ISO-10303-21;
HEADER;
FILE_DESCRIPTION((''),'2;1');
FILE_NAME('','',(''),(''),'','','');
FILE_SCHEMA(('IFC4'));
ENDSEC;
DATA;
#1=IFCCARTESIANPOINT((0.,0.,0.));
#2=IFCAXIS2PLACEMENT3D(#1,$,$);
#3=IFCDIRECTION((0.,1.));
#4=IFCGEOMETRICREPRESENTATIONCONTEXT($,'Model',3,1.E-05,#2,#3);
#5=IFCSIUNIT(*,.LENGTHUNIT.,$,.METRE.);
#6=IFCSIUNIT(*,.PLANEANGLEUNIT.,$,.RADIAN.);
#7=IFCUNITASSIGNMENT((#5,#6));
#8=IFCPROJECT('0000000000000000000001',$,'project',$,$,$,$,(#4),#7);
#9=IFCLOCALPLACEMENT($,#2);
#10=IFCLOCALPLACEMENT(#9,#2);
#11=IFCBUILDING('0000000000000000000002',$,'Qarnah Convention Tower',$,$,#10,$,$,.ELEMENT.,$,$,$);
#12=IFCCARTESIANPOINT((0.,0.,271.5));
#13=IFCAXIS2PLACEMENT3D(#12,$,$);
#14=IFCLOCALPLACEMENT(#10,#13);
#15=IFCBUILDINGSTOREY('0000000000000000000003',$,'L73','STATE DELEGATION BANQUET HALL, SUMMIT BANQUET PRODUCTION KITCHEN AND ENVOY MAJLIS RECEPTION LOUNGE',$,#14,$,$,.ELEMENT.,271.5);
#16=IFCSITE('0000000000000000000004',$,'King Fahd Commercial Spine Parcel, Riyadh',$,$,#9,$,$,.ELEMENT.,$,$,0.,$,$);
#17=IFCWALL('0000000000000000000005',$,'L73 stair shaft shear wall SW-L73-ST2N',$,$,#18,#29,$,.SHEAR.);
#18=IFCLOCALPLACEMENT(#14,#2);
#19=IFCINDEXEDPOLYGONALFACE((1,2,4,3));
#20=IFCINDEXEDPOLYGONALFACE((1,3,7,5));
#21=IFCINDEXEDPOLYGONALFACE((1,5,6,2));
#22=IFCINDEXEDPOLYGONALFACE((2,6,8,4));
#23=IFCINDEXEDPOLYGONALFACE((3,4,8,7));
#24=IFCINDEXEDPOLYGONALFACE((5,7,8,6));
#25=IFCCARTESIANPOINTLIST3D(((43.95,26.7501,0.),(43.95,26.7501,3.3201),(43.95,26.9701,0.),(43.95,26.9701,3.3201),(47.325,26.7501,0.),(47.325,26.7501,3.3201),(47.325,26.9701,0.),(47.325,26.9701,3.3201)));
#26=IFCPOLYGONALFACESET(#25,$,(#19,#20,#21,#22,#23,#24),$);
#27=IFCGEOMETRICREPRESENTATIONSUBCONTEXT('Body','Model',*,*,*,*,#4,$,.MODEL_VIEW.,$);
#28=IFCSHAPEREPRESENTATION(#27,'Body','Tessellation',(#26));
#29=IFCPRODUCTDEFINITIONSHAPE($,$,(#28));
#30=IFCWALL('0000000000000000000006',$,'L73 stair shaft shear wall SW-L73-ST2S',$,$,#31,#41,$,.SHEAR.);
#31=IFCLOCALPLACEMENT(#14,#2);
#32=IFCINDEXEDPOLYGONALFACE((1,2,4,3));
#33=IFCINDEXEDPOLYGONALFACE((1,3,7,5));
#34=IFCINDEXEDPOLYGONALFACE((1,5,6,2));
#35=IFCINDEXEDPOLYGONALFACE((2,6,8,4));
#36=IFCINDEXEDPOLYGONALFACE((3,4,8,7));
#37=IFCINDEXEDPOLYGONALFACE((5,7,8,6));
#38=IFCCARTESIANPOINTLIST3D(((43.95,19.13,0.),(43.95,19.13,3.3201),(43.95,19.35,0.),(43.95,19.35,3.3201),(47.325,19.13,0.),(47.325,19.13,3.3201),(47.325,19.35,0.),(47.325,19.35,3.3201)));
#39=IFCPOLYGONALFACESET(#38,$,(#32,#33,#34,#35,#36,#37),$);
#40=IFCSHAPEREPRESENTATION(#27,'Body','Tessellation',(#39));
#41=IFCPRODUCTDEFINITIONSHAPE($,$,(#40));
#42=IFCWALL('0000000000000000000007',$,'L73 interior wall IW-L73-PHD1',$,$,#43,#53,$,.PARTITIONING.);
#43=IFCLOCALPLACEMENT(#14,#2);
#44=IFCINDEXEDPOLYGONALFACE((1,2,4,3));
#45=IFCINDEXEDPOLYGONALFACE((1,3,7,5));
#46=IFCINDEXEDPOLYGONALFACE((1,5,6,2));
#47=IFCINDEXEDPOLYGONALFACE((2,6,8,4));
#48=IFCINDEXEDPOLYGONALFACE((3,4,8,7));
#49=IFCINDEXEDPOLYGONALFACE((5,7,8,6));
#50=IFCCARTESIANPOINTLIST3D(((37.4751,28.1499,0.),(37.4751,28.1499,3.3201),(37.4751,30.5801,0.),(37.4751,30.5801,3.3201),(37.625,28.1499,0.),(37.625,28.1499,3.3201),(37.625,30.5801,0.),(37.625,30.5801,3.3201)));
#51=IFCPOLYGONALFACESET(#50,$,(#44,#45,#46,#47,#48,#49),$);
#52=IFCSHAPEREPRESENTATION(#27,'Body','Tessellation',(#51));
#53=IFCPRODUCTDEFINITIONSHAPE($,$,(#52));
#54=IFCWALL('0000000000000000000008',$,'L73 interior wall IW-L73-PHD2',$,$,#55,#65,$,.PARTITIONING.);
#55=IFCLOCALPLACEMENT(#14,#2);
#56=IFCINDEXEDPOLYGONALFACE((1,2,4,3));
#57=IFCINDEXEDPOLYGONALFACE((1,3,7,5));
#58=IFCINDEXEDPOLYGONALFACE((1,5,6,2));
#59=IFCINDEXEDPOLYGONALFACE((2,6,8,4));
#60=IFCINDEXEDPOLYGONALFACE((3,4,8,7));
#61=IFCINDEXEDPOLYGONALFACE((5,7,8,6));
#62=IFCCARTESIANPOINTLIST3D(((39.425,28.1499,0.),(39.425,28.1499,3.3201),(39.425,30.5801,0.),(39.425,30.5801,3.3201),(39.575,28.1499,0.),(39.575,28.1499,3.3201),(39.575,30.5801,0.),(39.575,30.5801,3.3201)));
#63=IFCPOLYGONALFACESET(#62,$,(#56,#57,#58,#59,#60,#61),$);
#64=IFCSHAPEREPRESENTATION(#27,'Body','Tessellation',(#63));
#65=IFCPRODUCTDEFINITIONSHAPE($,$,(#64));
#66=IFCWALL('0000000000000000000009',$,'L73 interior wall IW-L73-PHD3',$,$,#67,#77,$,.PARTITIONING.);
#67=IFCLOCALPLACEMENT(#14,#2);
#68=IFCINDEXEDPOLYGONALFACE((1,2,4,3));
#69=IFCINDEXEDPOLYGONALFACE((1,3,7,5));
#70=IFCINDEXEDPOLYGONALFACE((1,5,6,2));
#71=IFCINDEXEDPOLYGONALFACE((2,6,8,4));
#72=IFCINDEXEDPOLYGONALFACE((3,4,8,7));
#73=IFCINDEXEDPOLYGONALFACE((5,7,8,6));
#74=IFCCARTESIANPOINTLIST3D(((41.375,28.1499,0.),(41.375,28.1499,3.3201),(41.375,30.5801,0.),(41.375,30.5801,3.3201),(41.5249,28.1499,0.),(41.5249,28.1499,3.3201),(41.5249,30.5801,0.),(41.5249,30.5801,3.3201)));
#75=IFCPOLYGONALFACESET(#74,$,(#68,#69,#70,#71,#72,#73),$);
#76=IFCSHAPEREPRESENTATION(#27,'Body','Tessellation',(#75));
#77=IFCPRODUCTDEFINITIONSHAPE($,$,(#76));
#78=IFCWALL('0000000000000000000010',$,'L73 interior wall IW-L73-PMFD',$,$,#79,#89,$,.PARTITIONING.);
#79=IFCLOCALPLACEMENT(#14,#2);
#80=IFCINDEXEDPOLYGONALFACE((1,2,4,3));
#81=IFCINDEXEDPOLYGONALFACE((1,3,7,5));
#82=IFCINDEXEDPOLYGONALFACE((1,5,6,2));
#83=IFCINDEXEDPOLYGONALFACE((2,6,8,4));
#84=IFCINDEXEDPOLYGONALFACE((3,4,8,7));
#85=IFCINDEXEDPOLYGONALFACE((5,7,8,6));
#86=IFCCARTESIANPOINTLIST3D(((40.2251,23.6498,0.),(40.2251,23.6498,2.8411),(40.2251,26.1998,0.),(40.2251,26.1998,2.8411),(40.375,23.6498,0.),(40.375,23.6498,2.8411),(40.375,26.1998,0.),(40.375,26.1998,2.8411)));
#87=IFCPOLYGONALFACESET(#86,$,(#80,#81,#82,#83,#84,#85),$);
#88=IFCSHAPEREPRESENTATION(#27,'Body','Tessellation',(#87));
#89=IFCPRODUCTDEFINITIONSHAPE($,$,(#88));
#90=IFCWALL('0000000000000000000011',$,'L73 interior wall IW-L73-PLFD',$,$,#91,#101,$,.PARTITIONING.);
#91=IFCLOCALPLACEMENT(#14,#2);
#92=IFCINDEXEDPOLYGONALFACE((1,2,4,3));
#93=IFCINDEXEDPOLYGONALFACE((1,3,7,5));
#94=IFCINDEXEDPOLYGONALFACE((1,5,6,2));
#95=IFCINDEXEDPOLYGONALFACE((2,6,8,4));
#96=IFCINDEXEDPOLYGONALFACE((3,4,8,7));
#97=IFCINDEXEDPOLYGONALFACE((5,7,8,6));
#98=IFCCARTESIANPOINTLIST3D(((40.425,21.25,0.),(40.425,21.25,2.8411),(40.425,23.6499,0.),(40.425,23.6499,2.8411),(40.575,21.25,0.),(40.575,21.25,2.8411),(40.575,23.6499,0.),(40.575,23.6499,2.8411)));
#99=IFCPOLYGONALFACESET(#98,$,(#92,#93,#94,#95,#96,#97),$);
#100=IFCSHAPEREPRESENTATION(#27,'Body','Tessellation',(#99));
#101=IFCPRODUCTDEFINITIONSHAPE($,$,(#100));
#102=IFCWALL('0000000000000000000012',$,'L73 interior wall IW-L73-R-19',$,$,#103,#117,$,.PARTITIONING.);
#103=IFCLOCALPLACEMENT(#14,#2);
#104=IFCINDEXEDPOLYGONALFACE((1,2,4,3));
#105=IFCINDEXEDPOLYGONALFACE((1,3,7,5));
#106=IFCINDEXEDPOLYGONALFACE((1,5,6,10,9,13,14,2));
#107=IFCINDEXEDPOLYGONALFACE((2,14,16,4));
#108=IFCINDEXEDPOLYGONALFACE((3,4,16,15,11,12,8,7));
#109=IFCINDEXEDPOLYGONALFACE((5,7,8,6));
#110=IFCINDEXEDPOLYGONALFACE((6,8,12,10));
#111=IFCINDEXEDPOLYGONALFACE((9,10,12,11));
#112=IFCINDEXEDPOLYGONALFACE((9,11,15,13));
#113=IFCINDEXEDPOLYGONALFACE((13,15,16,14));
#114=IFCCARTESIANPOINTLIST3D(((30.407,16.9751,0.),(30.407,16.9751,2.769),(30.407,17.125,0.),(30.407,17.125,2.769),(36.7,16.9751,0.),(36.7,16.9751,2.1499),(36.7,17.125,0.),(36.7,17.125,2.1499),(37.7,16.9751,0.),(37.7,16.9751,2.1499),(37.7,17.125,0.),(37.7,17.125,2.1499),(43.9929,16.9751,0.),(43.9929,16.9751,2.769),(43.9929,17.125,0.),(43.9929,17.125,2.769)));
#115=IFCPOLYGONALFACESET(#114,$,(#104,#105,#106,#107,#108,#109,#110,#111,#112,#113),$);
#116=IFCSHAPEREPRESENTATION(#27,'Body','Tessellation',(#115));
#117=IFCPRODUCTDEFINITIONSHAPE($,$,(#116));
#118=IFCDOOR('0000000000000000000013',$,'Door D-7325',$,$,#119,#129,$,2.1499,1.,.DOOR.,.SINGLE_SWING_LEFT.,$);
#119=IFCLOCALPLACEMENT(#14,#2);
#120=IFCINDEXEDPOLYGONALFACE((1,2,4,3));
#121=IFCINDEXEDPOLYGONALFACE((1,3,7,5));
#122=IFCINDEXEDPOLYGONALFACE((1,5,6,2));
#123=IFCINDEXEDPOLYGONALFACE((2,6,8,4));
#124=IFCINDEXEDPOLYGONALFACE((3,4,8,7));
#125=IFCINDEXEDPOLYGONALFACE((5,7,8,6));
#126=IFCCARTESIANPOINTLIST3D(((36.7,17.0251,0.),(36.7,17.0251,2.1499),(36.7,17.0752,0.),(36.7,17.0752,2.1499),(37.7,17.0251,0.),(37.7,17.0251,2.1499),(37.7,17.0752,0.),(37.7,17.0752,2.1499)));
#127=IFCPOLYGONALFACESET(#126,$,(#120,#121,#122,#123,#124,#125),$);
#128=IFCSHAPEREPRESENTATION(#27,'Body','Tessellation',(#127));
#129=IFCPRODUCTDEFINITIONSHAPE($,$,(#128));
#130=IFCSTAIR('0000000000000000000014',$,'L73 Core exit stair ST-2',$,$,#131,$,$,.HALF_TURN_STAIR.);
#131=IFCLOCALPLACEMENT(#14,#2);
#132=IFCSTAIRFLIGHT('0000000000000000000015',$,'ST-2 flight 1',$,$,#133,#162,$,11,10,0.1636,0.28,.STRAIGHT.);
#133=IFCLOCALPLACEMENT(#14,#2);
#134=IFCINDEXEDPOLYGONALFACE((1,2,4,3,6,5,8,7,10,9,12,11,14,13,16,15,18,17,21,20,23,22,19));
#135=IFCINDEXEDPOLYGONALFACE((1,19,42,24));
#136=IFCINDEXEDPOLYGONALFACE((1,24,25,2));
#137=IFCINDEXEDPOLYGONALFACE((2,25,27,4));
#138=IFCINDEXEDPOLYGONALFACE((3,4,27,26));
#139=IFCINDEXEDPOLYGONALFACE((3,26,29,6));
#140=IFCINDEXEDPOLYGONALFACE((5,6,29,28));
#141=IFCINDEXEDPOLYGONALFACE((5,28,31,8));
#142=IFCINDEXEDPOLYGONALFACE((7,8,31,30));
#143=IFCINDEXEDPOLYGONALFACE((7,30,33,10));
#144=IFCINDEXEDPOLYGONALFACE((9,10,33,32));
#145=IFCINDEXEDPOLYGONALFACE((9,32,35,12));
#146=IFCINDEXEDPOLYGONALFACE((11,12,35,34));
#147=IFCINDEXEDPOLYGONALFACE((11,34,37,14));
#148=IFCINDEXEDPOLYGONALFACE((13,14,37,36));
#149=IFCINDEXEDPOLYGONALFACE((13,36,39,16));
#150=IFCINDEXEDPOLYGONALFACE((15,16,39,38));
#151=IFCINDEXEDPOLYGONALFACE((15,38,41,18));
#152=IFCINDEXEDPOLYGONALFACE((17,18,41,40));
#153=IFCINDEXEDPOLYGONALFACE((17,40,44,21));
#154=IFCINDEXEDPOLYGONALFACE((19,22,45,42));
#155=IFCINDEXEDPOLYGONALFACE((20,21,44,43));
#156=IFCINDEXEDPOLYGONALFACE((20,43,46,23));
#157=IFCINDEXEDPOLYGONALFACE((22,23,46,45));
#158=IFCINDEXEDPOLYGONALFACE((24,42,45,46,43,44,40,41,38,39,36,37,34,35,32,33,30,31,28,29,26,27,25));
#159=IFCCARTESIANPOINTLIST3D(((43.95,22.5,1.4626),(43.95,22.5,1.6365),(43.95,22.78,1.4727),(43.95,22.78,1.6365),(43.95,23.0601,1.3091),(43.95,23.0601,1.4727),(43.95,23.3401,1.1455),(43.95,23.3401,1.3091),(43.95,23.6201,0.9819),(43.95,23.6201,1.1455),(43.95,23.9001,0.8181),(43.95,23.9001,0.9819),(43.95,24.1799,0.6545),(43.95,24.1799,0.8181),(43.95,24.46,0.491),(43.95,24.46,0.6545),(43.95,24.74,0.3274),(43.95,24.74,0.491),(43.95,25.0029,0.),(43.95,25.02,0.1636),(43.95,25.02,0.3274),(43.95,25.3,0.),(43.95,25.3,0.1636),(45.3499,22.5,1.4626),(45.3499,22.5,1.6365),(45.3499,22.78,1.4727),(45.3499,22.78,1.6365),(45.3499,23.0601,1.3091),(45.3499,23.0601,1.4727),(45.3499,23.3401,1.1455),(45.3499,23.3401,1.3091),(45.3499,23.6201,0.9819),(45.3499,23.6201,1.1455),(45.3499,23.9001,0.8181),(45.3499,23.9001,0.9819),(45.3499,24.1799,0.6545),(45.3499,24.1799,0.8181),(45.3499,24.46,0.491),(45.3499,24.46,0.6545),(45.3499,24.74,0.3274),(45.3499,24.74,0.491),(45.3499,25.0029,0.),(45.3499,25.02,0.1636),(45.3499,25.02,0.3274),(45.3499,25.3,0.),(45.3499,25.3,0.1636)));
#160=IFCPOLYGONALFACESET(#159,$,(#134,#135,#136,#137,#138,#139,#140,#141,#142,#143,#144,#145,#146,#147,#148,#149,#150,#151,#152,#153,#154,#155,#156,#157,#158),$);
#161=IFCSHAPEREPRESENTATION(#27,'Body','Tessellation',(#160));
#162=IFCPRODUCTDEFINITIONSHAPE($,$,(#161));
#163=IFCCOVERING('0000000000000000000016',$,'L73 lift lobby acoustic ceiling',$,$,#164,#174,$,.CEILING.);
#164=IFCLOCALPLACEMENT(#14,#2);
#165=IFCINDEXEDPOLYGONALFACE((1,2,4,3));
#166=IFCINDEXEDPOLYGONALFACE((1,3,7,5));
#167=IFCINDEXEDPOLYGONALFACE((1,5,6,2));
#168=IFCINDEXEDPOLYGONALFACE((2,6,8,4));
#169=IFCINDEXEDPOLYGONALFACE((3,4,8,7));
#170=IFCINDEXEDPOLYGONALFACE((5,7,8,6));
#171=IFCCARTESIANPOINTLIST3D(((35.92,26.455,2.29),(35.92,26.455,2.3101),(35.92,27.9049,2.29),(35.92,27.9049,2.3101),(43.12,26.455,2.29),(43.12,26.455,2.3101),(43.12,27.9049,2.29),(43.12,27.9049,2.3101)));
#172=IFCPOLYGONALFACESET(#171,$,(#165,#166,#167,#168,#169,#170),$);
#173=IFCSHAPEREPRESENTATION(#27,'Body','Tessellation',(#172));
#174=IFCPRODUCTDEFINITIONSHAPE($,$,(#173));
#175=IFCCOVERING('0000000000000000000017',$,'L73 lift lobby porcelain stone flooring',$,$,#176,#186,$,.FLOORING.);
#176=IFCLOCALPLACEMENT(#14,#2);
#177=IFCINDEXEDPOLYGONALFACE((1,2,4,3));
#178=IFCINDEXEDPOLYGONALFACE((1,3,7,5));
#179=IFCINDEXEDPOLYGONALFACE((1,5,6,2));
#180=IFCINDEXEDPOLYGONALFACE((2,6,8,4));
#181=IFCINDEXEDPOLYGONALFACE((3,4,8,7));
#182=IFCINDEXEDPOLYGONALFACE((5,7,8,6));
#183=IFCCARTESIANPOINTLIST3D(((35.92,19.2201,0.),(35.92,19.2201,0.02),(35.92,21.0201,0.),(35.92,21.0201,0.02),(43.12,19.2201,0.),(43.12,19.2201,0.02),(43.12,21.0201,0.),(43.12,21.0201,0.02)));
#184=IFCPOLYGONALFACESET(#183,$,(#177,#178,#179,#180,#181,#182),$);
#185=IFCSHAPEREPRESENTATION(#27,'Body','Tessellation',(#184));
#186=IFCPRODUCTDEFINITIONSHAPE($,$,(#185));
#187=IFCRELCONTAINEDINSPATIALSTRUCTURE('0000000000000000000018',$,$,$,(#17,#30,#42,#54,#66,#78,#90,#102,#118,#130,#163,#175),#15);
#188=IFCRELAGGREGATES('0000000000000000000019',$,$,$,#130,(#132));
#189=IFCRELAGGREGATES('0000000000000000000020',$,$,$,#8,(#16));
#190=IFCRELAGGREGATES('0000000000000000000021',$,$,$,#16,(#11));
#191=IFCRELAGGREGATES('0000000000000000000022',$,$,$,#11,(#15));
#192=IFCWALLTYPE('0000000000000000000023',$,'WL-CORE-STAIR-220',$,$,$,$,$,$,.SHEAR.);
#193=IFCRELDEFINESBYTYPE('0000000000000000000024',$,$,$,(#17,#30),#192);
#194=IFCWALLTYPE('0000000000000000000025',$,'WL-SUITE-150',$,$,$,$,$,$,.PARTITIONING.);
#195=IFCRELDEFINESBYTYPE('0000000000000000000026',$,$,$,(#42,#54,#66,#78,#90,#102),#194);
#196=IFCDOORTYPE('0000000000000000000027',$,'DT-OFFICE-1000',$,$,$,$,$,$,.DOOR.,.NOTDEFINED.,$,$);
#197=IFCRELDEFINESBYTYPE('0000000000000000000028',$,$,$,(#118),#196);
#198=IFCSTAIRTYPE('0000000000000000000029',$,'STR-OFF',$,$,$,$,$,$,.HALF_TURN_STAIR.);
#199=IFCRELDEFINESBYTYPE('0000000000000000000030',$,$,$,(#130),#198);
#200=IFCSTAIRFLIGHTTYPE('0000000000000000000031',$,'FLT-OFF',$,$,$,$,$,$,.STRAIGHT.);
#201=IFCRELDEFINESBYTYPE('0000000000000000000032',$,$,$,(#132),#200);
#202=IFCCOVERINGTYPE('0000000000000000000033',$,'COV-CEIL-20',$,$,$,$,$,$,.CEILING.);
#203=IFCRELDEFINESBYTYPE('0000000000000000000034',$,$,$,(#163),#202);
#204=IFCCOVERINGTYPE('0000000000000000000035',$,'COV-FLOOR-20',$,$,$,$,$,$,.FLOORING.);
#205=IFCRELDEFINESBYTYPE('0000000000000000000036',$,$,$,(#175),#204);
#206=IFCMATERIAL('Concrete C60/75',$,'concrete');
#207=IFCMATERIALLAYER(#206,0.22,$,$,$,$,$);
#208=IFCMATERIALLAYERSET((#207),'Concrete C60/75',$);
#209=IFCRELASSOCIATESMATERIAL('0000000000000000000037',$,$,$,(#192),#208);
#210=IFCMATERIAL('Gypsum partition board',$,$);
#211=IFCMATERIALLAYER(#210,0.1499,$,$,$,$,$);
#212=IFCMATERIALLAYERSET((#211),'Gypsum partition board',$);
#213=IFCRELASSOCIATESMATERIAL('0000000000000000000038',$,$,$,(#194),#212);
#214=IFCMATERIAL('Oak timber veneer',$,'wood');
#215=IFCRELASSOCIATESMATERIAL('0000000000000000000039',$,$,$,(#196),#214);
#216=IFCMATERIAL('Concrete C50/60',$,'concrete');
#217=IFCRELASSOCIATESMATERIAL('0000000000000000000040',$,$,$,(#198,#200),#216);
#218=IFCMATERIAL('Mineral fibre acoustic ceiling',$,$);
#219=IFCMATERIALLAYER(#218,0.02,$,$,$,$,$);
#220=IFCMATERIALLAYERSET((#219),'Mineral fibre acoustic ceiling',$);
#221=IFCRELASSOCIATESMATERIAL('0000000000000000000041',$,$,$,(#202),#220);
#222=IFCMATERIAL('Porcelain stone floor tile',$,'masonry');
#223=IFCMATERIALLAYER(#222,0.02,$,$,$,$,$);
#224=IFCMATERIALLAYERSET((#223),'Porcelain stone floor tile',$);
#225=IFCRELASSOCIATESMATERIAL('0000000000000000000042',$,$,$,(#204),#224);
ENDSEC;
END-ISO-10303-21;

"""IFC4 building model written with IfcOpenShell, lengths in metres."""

from ifc_helpers import new_model, si_unit, direction, frame, frame_2d, origin, origin_2d, place, context, subcontext, project, spatial, polyline, rectangle, outline, extrude, material, layer, layer_set, type_object, element, fill, aggregate, save


model = new_model("IFC4")

# Units and contexts
model_context = context("Model", 3, precision=1e-05, world=origin(), true_north=direction((0.0, 1.0)))
body_context = subcontext(model_context, "Body", "Model", "MODEL_VIEW")
ifc_project = project(units=[si_unit("LENGTHUNIT", "METRE"), si_unit("PLANEANGLEUNIT", "RADIAN")], contexts=[model_context])

# Site, building, storey
site_placement = place(None, origin())
site = spatial("IfcSite", under=ifc_project, at=site_placement, Name="King Fahd Commercial Spine Parcel, Riyadh", CompositionType="ELEMENT", RefElevation=0.0)
building_placement = place(site_placement, origin())
building = spatial("IfcBuilding", under=site, at=building_placement, Name="Qarnah Convention Tower", CompositionType="ELEMENT")
storey_placement = place(building_placement, frame((0.0, 0.0, 271.5)))
storey = spatial("IfcBuildingStorey", under=building, at=storey_placement, Name="L73", Description="STATE DELEGATION BANQUET HALL, SUMMIT BANQUET PRODUCTION KITCHEN AND ENVOY MAJLIS RECEPTION LOUNGE", CompositionType="ELEMENT", Elevation=271.5)

# Shared definitions
ifc_material_1 = material(Name="Concrete C50/60", Category="concrete")

# Shared definitions
ifc_material_2 = material(Name="Concrete C60/75", Category="concrete")

# Walls
ifc_layer_1 = layer(ifc_material_2, 0.22)
ifc_layer_set_1 = layer_set([ifc_layer_1], Name="Concrete C60/75")
wall_type_1 = type_object("IfcWallType", Name="WL-CORE-STAIR-220", PredefinedType="SHEAR", material=ifc_layer_set_1)
for number, where, z_axis, x_axis, name in (
    (1, (43.95, 26.8601, 0.0), (0.0, 0.0, 1.0), (1.0, 0.0, 0.0), "L73 stair shaft shear wall SW-L73-ST2N"),
    (2, (43.95, 19.24, 0.0), (0.0, 0.0, 1.0), (1.0, 0.0, 0.0), "L73 stair shaft shear wall SW-L73-ST2S"),
):
    element("IfcWall", number, at=place(storey_placement, frame(where, z_axis=z_axis, x_axis=x_axis)), inside=storey, type_object=wall_type_1, Name=name, PredefinedType="SHEAR", context=body_context, shape_type="SweptSolid", body=[
        extrude(rectangle(XDim=3.375, YDim=0.22, at=frame_2d((1.6875, 0.0))), origin(), (0.0, 0.0, 1.0), 3.3201),
    ])
ifc_material_3 = material(Name="Gypsum partition board")
ifc_layer_2 = layer(ifc_material_3, 0.1499)
ifc_layer_set_2 = layer_set([ifc_layer_2], Name="Gypsum partition board")
wall_type_2 = type_object("IfcWallType", Name="WL-SUITE-150", PredefinedType="PARTITIONING", material=ifc_layer_set_2)
for number, where, z_axis, x_axis, name in (
    (3, (37.55, 28.1499, 0.0), (0.0, 0.0, 1.0), (0.0, 1.0, 0.0), "L73 interior wall IW-L73-PHD1"),
    (4, (39.5, 28.1499, 0.0), (0.0, 0.0, 1.0), (0.0, 1.0, 0.0), "L73 interior wall IW-L73-PHD2"),
    (5, (41.45, 28.1499, 0.0), (0.0, 0.0, 1.0), (0.0, 1.0, 0.0), "L73 interior wall IW-L73-PHD3"),
):
    element("IfcWall", number, at=place(storey_placement, frame(where, z_axis=z_axis, x_axis=x_axis)), inside=storey, type_object=wall_type_2, Name=name, PredefinedType="PARTITIONING", context=body_context, shape_type="SweptSolid", body=[
        extrude(rectangle(XDim=2.4302, YDim=0.1499, at=frame_2d((1.2151, 0.0))), origin(), (0.0, 0.0, 1.0), 3.3201),
    ])
wall_1_placement = place(storey_placement, frame((40.3, 23.6499, 0.0), z_axis=(0.0, 0.0, 1.0), x_axis=(0.0, 1.0, 0.0)))
element("IfcWall", 6, at=wall_1_placement, inside=storey, type_object=wall_type_2, Name="L73 interior wall IW-L73-PMFD", PredefinedType="PARTITIONING", context=body_context, shape_type="SweptSolid", body=[
    extrude(rectangle(XDim=2.55, YDim=0.1499, at=frame_2d((1.2749, 0.0))), origin(), (0.0, 0.0, 1.0), 2.8411),
])
wall_2_placement = place(storey_placement, frame((40.5, 21.25, 0.0), z_axis=(0.0, 0.0, 1.0), x_axis=(0.0, 1.0, 0.0)))
element("IfcWall", 7, at=wall_2_placement, inside=storey, type_object=wall_type_2, Name="L73 interior wall IW-L73-PLFD", PredefinedType="PARTITIONING", context=body_context, shape_type="SweptSolid", body=[
    extrude(rectangle(XDim=2.3999, YDim=0.1499, at=frame_2d((1.2, 0.0))), origin(), (0.0, 0.0, 1.0), 2.8411),
])

# Wall, opening, door
wall_3_placement = place(storey_placement, frame((43.9929, 17.05, 0.0), z_axis=(0.0, 0.0, 1.0), x_axis=(-1.0, 0.0, 0.0)))
wall_3 = element("IfcWall", 8, at=wall_3_placement, inside=storey, type_object=wall_type_2, Name="L73 interior wall IW-L73-R-19", PredefinedType="PARTITIONING", context=body_context, shape_type="SweptSolid", body=[
    extrude(rectangle(XDim=13.5859, YDim=0.1499, at=frame_2d((6.793, 0.0))), origin(), (0.0, 0.0, 1.0), 2.769),
])
opening_1_placement = place(wall_3_placement, frame((6.293, 0.0, 0.0)))
opening_1 = element("IfcOpeningElement", 9, at=opening_1_placement, cuts=wall_3, PredefinedType="OPENING", context=body_context, shape_type="SweptSolid", body=[
    extrude(rectangle(XDim=1.0, YDim=2.1499, at=frame_2d((0.5, 1.075))), frame((0.0, 0.085, 0.0), z_axis=(0.0, -1.0, 0.0), x_axis=(1.0, 0.0, 0.0)), (0.0, 0.0, 1.0), 0.1699),
])
ifc_material_4 = material(Name="Oak timber veneer", Category="wood")
door_type_1 = type_object("IfcDoorType", Name="DT-OFFICE-1000", OperationType="NOTDEFINED", PredefinedType="DOOR", material=ifc_material_4)
door_1_placement = place(opening_1_placement, origin())
door_1 = element("IfcDoor", 10, at=door_1_placement, inside=storey, type_object=door_type_1, Name="Door D-7325", OperationType="SINGLE_SWING_LEFT", OverallHeight=2.1499, OverallWidth=1.0, PredefinedType="DOOR", context=body_context, shape_type="SweptSolid", body=[
    extrude(rectangle(XDim=1.0, YDim=2.1499, at=frame_2d((0.5, 1.075))), frame((0.0, 0.0249, 0.0), z_axis=(0.0, -1.0, 0.0), x_axis=(1.0, 0.0, 0.0)), (0.0, 0.0, 1.0), 0.05),
])
fill(opening_1, door_1)

# Stair, stair flight
stair_type = type_object("IfcStairType", Name="STR-OFF", PredefinedType="HALF_TURN_STAIR", material=ifc_material_1)
stair_placement = place(storey_placement, origin())
stair = element("IfcStair", 11, at=stair_placement, inside=storey, type_object=stair_type, Name="L73 Core exit stair ST-2", PredefinedType="HALF_TURN_STAIR")
stair_flight_type = type_object("IfcStairFlightType", Name="FLT-OFF", PredefinedType="STRAIGHT", material=ifc_material_1)
stair_flight_placement = place(storey_placement, frame((44.6499, 25.3, 0.0), z_axis=(0.0, 0.0, 1.0), x_axis=(0.0, -1.0, 0.0)))
stair_flight = element("IfcStairFlight", 12, at=stair_flight_placement, type_object=stair_flight_type, Name="ST-2 flight 1", NumberOfRisers=11, NumberOfTreads=10, PredefinedType="STRAIGHT", RiserHeight=0.1636, TreadLength=0.28, context=body_context, shape_type="SweptSolid", body=[
    extrude(outline(polyline([(0.0, 0.0), (0.0, 0.1636), (0.28, 0.1636), (0.28, 0.3274), (0.5601, 0.3274), (0.5601, 0.491), (0.8401, 0.491), (0.8401, 0.6545), (1.1201, 0.6545), (1.1201, 0.8181), (1.3999, 0.8181), (1.3999, 0.9819), (1.6799, 0.9819), (1.6799, 1.1455), (1.96, 1.1455), (1.96, 1.3091), (2.24, 1.3091), (2.24, 1.4727), (2.52, 1.4727), (2.52, 1.6365), (2.8, 1.6365), (2.8, 1.8), (2.8, 1.4626), (0.2971, 0.0), (0.0, 0.0)])), frame((0.0, 0.7, 0.0), z_axis=(0.0, -1.0, 0.0), x_axis=(1.0, 0.0, 0.0)), (0.0, 0.0, 1.0), 1.3999),
])
aggregate(stair, [stair_flight])

# Coverings
ifc_material_5 = material(Name="Mineral fibre acoustic ceiling")
ifc_layer_3 = layer(ifc_material_5, 0.02)
ifc_layer_set_3 = layer_set([ifc_layer_3], Name="Mineral fibre acoustic ceiling")
covering_type_1 = type_object("IfcCoveringType", Name="COV-CEIL-20", PredefinedType="CEILING", material=ifc_layer_set_3)
covering_1_placement = place(storey_placement, frame((39.52, 27.1799, 2.29), z_axis=(0.0, 0.0, 1.0), x_axis=(1.0, 0.0, 0.0)))
element("IfcCovering", 13, at=covering_1_placement, inside=storey, type_object=covering_type_1, Name="L73 lift lobby acoustic ceiling", PredefinedType="CEILING", context=body_context, shape_type="SweptSolid", body=[
    extrude(rectangle(XDim=7.2, YDim=1.45, at=origin_2d()), origin(), (0.0, 0.0, 1.0), 0.02),
])
ifc_material_6 = material(Name="Porcelain stone floor tile", Category="masonry")
ifc_layer_4 = layer(ifc_material_6, 0.02)
ifc_layer_set_4 = layer_set([ifc_layer_4], Name="Porcelain stone floor tile")
covering_type_2 = type_object("IfcCoveringType", Name="COV-FLOOR-20", PredefinedType="FLOORING", material=ifc_layer_set_4)
covering_2_placement = place(storey_placement, frame((39.52, 20.1201, 0.0), z_axis=(0.0, 0.0, 1.0), x_axis=(1.0, 0.0, 0.0)))
element("IfcCovering", 14, at=covering_2_placement, inside=storey, type_object=covering_type_2, Name="L73 lift lobby porcelain stone flooring", PredefinedType="FLOORING", context=body_context, shape_type="SweptSolid", body=[
    extrude(rectangle(XDim=7.2, YDim=1.8, at=origin_2d()), origin(), (0.0, 0.0, 1.0), 0.02),
])

save(model, "model.ifc")
